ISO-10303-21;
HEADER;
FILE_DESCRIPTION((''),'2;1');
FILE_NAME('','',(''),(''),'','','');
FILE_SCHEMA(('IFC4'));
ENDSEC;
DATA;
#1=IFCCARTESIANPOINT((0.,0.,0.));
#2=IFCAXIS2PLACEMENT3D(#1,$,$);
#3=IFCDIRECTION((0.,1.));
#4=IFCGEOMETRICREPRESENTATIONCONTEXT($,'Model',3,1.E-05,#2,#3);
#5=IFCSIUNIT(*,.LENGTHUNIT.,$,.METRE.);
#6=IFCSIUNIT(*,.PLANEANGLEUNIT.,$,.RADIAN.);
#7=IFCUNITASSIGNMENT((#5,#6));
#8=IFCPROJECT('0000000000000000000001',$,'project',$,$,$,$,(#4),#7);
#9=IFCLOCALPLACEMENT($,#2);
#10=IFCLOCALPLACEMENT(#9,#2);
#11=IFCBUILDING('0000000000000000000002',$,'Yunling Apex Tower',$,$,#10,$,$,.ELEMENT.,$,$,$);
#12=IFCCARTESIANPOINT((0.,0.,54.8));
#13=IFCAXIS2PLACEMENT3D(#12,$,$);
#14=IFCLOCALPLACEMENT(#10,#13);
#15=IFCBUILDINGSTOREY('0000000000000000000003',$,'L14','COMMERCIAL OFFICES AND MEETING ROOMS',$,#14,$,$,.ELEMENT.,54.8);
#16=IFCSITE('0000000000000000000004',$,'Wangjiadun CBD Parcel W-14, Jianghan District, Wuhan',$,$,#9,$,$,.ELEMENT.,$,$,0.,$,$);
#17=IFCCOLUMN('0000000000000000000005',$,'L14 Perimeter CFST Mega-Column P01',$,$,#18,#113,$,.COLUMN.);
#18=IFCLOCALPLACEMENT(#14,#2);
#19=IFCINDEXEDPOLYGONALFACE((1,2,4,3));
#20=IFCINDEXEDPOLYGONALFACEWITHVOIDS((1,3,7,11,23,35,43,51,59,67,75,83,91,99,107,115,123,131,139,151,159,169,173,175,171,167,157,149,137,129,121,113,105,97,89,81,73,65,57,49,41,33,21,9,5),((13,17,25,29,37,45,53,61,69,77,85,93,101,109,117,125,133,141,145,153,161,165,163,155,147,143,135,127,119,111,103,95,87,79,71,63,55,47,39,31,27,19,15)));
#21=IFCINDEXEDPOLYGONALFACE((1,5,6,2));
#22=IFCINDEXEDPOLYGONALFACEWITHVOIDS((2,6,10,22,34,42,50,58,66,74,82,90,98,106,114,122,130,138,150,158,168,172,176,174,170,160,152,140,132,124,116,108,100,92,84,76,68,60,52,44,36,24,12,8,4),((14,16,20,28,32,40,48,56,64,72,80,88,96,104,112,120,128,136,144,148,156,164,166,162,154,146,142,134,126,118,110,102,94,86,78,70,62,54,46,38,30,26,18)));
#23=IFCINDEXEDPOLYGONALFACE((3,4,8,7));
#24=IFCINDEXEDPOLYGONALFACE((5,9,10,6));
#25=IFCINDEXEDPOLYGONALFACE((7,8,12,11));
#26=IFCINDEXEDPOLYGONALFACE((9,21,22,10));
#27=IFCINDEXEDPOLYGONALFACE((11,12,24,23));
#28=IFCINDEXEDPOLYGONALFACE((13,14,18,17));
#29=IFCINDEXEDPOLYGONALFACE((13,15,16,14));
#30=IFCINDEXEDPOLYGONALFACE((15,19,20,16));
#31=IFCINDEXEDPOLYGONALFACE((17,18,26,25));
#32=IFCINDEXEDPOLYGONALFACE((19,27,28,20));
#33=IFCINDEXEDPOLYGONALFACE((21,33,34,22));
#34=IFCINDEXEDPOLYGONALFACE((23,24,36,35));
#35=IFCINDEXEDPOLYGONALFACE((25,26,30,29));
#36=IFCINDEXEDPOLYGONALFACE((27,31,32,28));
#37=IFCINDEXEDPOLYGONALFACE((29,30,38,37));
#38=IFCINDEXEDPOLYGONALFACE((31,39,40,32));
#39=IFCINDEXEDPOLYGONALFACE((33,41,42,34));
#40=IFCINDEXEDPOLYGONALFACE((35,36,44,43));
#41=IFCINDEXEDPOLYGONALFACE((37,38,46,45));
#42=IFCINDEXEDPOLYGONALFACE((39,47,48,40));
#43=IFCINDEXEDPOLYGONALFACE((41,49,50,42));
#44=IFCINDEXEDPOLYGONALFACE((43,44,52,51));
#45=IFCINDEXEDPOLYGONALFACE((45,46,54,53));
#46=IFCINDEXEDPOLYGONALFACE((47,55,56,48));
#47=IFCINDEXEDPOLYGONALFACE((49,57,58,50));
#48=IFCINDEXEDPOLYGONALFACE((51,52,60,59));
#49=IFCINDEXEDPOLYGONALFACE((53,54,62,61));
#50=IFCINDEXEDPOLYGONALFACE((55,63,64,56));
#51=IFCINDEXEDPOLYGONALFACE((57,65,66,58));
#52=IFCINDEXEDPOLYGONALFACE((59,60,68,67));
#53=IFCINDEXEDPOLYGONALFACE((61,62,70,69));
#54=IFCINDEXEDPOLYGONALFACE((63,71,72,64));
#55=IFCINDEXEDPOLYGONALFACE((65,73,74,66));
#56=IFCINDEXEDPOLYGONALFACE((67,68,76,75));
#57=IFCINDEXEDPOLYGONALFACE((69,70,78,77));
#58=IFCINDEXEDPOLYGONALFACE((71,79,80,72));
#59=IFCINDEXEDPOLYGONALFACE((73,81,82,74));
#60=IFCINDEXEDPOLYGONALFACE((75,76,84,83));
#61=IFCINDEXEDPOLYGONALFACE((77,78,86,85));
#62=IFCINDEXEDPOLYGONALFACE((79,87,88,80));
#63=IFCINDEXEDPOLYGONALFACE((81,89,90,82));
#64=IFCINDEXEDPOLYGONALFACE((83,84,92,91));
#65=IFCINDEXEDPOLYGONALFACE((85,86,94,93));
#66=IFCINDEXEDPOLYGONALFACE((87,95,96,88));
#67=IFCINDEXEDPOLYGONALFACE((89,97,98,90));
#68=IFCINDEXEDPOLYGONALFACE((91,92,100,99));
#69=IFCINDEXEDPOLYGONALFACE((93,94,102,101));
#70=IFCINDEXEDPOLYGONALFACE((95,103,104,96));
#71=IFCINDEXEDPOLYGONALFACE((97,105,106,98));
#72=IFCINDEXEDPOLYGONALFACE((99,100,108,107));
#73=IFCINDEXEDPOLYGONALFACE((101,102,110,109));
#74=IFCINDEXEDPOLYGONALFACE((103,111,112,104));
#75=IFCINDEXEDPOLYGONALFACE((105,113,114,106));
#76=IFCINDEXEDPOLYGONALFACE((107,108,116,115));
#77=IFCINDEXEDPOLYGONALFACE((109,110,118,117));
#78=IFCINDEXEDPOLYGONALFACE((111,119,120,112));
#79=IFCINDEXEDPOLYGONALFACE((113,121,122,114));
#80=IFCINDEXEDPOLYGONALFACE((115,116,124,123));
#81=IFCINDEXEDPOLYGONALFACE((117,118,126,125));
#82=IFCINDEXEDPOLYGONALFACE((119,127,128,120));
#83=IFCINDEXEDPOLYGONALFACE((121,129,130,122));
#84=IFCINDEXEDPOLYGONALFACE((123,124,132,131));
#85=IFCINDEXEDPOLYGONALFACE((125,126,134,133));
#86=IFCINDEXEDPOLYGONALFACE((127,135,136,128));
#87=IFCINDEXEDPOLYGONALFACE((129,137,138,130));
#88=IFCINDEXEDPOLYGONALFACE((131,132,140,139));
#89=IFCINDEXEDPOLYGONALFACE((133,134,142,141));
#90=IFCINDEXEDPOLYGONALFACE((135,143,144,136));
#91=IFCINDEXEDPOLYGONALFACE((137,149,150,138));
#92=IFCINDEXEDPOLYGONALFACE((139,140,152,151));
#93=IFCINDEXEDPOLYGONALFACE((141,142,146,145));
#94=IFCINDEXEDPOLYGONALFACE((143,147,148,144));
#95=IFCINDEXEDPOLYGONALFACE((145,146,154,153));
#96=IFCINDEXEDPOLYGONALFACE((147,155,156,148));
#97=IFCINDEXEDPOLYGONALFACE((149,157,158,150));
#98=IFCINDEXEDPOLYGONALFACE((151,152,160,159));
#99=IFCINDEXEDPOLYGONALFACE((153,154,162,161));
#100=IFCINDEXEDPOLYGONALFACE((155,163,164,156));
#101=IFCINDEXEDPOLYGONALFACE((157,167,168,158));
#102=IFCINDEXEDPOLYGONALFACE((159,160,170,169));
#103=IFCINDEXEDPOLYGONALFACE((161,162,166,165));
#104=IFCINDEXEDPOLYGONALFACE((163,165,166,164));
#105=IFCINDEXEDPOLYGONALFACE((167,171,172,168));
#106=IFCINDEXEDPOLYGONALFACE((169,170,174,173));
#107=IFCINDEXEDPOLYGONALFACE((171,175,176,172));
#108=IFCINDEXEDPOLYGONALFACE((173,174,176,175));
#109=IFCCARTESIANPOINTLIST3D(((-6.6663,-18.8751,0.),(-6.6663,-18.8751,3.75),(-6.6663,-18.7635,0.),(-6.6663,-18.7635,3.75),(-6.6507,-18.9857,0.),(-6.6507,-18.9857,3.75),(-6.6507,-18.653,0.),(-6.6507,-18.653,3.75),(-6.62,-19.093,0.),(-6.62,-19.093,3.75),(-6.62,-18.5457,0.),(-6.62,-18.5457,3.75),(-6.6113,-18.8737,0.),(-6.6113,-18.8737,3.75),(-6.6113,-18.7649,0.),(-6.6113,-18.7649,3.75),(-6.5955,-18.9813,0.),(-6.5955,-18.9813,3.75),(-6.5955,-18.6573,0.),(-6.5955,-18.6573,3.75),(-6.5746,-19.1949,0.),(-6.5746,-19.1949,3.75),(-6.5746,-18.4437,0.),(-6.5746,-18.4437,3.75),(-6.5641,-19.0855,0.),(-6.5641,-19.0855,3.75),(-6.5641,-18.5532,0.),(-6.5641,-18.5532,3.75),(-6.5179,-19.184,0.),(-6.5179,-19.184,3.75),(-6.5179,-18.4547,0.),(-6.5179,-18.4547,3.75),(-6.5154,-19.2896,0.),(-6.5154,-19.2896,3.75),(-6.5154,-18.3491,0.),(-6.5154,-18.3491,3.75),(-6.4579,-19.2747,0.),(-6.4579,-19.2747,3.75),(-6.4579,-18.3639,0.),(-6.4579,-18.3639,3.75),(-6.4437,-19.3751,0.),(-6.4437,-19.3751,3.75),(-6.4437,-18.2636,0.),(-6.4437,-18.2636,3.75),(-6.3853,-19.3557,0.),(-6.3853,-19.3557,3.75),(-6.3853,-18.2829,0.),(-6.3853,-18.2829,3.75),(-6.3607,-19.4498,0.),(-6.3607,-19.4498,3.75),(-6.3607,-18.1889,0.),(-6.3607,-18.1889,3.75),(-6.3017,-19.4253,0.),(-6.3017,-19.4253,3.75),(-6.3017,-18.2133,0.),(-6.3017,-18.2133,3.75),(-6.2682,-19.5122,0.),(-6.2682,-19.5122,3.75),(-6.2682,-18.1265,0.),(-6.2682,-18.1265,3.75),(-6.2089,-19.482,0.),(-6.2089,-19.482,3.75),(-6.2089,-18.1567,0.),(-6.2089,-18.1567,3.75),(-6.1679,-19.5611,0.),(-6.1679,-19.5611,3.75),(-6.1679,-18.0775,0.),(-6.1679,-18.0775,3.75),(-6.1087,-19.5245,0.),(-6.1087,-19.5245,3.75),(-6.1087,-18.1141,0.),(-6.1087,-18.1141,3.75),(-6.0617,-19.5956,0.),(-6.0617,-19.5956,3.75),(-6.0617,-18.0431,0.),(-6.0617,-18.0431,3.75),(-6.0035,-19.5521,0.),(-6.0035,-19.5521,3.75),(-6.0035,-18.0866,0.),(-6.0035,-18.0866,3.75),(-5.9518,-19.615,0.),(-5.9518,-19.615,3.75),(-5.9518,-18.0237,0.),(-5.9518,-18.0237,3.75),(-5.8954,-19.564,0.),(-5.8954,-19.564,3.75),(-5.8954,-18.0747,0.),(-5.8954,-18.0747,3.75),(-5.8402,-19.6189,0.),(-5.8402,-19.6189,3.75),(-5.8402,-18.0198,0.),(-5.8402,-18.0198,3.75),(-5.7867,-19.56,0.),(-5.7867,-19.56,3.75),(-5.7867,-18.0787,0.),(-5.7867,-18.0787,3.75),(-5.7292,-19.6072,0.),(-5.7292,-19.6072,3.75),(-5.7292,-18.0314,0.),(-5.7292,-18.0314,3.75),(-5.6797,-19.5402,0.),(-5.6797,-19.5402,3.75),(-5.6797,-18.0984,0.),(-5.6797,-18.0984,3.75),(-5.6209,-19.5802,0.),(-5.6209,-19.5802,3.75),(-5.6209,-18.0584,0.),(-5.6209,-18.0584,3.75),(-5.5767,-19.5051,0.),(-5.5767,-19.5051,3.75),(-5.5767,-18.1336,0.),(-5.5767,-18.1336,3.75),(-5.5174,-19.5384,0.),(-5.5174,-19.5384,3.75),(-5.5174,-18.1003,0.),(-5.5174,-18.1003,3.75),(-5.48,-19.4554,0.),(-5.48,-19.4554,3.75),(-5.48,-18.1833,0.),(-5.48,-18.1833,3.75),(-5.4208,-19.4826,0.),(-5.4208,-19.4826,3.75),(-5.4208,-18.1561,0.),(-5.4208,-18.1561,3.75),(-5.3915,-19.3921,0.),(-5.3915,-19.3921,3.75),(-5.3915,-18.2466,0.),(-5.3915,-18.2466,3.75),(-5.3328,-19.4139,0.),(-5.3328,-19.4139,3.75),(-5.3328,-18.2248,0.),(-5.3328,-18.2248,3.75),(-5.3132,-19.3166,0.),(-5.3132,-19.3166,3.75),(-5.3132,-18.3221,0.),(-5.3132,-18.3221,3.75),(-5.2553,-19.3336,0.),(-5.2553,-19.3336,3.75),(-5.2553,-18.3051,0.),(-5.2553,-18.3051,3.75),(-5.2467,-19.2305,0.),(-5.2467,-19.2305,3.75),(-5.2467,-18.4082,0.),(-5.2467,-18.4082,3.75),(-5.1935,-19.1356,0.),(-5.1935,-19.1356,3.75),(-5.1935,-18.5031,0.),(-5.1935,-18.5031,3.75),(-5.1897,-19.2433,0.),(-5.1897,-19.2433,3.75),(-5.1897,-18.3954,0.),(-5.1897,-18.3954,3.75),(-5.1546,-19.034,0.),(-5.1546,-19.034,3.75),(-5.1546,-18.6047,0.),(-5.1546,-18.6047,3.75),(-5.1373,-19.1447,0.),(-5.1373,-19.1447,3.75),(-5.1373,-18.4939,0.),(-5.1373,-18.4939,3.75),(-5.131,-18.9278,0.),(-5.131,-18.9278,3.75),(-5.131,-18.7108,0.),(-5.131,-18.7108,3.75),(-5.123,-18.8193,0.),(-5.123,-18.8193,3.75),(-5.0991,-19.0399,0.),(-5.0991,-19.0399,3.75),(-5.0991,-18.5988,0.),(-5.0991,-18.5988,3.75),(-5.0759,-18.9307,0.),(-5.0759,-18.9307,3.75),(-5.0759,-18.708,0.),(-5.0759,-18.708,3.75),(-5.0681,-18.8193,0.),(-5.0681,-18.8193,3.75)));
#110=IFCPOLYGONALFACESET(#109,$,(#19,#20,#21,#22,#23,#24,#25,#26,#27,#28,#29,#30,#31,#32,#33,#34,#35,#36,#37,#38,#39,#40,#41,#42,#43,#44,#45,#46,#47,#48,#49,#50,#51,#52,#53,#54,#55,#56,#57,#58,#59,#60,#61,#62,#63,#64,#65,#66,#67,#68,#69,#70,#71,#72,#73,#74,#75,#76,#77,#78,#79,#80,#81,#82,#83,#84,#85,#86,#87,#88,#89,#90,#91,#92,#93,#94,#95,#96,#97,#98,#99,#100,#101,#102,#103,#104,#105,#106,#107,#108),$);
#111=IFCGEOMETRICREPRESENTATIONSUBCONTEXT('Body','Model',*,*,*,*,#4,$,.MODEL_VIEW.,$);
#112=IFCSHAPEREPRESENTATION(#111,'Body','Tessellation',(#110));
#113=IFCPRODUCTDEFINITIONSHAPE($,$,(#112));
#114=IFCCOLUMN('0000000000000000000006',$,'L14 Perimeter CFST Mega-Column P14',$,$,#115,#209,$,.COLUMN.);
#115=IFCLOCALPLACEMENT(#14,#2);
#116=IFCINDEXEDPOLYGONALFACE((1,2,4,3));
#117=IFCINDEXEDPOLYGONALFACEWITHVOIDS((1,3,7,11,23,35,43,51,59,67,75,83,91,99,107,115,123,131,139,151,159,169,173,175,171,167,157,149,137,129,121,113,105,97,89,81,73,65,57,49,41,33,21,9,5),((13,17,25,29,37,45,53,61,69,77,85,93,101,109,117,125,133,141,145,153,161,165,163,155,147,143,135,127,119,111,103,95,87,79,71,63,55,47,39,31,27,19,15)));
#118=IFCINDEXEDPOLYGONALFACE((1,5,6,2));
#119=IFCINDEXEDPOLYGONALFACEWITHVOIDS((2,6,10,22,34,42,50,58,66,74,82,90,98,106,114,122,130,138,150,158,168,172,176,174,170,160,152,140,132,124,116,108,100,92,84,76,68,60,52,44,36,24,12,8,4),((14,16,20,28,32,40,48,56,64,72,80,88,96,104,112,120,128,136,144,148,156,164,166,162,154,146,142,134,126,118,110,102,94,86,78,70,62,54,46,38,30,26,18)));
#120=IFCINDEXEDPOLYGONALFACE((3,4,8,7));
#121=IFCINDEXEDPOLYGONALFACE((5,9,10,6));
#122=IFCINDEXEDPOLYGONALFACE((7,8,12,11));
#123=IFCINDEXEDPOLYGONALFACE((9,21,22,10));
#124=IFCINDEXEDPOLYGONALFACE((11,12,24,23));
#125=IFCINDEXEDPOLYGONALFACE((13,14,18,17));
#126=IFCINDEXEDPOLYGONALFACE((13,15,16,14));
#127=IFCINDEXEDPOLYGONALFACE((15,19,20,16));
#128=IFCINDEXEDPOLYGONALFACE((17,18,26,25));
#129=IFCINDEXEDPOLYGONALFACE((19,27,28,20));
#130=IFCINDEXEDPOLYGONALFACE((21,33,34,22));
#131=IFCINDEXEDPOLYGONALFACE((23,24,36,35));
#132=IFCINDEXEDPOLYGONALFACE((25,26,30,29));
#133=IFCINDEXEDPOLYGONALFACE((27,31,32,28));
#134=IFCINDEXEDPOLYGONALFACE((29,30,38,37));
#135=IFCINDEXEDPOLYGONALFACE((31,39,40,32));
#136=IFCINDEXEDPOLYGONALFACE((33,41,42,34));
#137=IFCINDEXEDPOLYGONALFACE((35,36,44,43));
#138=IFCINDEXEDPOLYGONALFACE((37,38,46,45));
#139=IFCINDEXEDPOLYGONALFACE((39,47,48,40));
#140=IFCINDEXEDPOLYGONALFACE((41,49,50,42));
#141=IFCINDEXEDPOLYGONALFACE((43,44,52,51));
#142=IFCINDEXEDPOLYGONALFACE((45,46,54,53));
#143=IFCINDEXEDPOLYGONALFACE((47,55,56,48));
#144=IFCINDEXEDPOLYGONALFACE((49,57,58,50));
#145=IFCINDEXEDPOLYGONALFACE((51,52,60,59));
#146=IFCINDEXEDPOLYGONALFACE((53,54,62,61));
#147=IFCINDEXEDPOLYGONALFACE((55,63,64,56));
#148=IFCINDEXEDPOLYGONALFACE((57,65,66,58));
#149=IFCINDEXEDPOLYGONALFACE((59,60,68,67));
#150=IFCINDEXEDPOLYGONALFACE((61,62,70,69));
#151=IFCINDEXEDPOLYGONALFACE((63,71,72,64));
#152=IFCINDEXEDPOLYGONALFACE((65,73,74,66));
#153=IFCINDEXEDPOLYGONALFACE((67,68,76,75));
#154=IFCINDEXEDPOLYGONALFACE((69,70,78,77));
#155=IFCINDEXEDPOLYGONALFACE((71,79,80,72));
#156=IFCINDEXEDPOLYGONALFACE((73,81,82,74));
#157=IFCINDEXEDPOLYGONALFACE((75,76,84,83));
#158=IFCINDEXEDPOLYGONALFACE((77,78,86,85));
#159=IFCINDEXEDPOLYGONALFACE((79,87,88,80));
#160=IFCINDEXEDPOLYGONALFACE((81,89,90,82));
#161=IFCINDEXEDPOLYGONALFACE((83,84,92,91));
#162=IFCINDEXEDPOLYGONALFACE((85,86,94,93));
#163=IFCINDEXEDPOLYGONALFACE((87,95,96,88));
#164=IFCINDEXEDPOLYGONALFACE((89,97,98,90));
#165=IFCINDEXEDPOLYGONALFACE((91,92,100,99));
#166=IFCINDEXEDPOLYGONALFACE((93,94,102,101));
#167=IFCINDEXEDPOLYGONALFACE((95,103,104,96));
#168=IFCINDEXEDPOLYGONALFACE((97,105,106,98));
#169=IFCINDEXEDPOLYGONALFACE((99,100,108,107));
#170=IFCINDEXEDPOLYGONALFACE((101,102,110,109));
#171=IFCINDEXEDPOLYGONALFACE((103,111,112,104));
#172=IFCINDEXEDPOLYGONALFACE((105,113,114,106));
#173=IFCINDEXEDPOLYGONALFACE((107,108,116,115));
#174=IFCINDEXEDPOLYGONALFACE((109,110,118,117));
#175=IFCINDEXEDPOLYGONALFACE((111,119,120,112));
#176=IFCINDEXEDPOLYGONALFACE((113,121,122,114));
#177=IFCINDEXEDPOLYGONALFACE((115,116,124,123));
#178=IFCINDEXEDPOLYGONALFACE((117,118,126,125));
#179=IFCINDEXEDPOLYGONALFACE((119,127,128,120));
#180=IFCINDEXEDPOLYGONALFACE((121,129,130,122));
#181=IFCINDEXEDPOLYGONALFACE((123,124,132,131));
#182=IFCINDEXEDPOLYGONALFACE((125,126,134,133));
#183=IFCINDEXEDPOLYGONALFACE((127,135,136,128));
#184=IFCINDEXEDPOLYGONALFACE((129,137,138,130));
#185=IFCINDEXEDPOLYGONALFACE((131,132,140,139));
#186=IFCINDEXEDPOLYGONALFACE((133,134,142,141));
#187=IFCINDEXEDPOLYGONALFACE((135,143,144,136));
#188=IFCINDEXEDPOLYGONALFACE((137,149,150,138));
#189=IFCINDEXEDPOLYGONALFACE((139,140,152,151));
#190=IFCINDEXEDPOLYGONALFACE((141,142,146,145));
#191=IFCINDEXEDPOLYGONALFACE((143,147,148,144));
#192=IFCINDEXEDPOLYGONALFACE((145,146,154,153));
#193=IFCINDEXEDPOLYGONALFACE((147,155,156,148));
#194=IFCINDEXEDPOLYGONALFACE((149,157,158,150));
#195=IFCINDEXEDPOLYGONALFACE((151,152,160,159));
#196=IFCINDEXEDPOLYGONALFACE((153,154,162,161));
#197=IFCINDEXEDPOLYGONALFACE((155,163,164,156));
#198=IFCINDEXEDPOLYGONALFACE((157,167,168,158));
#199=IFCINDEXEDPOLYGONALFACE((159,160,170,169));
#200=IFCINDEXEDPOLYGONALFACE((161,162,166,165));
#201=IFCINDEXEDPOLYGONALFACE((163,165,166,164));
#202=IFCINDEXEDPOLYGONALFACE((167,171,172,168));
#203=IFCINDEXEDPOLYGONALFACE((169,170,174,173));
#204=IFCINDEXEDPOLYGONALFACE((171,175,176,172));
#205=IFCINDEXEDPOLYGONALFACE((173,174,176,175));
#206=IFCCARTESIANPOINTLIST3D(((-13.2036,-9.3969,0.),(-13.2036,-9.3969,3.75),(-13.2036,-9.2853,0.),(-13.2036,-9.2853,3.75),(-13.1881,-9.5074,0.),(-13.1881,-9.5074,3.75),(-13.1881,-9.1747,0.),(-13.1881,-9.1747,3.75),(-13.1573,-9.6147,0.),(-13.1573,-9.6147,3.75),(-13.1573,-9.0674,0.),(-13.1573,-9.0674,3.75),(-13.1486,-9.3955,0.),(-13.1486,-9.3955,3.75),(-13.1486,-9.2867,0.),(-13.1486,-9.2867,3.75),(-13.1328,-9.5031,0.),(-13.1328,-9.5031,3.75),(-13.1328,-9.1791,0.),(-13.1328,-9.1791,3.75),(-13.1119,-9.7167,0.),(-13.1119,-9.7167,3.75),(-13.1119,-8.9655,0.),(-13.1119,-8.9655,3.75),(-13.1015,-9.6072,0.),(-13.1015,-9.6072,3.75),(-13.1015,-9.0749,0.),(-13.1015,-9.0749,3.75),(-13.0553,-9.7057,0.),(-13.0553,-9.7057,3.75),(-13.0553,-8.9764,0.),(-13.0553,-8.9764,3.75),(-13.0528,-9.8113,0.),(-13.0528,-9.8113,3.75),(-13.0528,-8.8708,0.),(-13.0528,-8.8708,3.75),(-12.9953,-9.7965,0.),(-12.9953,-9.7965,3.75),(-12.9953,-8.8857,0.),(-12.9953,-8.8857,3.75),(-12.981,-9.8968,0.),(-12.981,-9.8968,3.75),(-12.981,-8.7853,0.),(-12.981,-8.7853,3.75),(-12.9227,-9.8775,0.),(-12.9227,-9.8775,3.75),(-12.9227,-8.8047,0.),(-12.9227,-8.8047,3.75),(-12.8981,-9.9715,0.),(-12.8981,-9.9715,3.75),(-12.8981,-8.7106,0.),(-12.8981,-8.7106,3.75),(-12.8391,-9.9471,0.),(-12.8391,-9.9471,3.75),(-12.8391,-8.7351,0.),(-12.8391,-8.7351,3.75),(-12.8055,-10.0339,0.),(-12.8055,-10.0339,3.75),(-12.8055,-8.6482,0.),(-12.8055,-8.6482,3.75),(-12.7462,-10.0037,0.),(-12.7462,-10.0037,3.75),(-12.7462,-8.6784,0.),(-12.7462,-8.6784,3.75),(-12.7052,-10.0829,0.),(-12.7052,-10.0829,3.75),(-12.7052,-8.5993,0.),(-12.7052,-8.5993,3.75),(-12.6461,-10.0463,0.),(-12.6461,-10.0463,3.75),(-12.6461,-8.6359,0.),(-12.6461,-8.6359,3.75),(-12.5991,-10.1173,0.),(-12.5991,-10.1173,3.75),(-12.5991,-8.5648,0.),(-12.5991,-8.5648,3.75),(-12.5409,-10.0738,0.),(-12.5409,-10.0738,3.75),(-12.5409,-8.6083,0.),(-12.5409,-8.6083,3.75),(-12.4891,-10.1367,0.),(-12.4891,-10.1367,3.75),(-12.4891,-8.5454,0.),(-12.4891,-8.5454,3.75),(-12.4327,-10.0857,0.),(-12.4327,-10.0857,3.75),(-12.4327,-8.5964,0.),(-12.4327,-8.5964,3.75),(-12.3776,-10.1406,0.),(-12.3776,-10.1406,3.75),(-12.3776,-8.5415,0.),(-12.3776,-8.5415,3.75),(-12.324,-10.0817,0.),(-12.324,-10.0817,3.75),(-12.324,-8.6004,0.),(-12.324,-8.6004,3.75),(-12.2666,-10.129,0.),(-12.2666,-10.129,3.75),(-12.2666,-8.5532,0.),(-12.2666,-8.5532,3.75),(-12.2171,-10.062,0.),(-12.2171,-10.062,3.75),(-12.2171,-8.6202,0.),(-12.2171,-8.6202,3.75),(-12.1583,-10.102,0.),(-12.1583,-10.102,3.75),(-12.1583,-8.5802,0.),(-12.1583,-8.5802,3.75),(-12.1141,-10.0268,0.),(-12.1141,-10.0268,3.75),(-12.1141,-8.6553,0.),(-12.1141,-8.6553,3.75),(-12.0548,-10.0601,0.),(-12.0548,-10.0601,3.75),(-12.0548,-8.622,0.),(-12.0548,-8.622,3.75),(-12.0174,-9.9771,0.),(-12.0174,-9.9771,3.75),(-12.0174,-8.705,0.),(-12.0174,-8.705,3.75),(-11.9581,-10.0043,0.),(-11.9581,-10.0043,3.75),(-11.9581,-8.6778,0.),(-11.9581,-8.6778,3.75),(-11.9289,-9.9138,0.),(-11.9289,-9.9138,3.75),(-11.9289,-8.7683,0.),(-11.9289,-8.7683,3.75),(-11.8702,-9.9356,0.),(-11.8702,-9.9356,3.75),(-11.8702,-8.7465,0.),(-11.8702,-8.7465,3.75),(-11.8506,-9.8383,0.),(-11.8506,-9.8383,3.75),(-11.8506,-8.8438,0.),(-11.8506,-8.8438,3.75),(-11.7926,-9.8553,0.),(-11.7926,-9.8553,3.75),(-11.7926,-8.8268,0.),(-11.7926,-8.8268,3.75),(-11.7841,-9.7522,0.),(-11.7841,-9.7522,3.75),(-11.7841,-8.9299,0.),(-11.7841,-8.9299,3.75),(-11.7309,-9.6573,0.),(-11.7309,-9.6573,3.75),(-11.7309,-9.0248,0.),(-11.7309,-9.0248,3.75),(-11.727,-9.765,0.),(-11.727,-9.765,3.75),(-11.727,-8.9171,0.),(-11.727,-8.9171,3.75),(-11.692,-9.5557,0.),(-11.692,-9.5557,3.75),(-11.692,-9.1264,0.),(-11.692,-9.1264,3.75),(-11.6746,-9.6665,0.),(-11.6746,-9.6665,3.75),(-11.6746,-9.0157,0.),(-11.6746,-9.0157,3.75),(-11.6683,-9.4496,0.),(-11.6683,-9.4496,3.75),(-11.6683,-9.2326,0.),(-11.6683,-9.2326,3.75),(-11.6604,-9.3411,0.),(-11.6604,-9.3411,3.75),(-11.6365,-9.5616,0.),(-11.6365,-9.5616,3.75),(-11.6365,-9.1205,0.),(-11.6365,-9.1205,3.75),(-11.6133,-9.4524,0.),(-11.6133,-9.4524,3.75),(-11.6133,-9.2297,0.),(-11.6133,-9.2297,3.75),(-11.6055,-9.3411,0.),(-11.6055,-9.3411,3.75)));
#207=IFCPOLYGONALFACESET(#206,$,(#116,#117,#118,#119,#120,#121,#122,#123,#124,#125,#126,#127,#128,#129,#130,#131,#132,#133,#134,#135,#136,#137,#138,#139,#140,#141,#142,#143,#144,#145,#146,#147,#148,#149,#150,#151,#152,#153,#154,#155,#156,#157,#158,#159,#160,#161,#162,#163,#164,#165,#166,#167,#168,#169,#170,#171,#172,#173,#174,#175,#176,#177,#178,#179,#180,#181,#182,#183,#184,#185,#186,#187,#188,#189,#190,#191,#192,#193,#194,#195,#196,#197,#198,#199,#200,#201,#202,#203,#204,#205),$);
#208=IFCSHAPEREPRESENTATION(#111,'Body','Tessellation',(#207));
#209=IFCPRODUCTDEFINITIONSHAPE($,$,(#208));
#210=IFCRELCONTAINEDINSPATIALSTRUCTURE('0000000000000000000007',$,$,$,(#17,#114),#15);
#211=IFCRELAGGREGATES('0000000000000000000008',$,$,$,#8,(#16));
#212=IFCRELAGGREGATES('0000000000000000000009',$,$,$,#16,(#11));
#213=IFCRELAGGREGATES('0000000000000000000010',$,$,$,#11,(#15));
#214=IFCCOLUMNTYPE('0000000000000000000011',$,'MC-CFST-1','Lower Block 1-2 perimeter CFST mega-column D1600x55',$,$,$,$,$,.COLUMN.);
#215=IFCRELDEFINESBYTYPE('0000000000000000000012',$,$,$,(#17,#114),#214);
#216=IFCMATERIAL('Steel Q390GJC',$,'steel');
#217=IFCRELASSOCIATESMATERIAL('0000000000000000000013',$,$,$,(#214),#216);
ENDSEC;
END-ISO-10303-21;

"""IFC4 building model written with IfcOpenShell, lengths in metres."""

from ifc_helpers import new_model, si_unit, direction, frame, origin, origin_2d, place, context, subcontext, project, spatial, hollow_circle, extrude, source, transform, mapped, material, material_profile, profile_set, type_object, element, save


model = new_model("IFC4")

# Units and contexts
model_context = context("Model", 3, precision=1e-05, world=origin(), true_north=direction((0.0, 1.0)))
body_context = subcontext(model_context, "Body", "Model", "MODEL_VIEW")
ifc_project = project(units=[si_unit("LENGTHUNIT", "METRE"), si_unit("PLANEANGLEUNIT", "RADIAN")], contexts=[model_context])

# Site, building, storey
site_placement = place(None, origin())
site = spatial("IfcSite", under=ifc_project, at=site_placement, Name="Wangjiadun CBD Parcel W-14, Jianghan District, Wuhan", CompositionType="ELEMENT", RefElevation=0.0)
building_placement = place(site_placement, origin())
building = spatial("IfcBuilding", under=site, at=building_placement, Name="Yunling Apex Tower", CompositionType="ELEMENT")
storey_placement = place(building_placement, frame((0.0, 0.0, 54.8)))
storey = spatial("IfcBuildingStorey", under=building, at=storey_placement, Name="L14", Description="COMMERCIAL OFFICES AND MEETING ROOMS", CompositionType="ELEMENT", Elevation=54.8)

# Columns
ifc_material_1 = material(Name="Steel Q390GJC", Category="steel")
ifc_material_profile_1 = material_profile(ifc_material_1, hollow_circle(Radius=0.8, WallThickness=0.0549, at=origin_2d()))
ifc_profile_set_1 = profile_set([ifc_material_profile_1], Name="Steel Q390GJC")
column_type = type_object("IfcColumnType", Name="MC-CFST-1", Description="Lower Block 1-2 perimeter CFST mega-column D1600x55", PredefinedType="COLUMN", material=ifc_profile_set_1)
shared_shape_1 = source(origin(), body_context, "Body", "SweptSolid", [
    extrude(hollow_circle(Radius=0.8, WallThickness=0.0549, at=origin_2d()), origin(), (0.0, 0.0, 1.0), 3.75),
])
for number, where, z_axis, x_axis, name in (
    (1, (-5.8682, -18.8193, 0.0), (0.0, 0.0, 1.0), (1.0, 0.0, 0.0), "L14 Perimeter CFST Mega-Column P01"),
    (2, (-12.4055, -9.3411, 0.0), (0.0, 0.0, 1.0), (1.0, 0.0, 0.0), "L14 Perimeter CFST Mega-Column P14"),
):
    element("IfcColumn", number, at=place(storey_placement, frame(where, z_axis=z_axis, x_axis=x_axis)), inside=storey, type_object=column_type, Name=name, PredefinedType="COLUMN", context=body_context, shape_type="MappedRepresentation", body=[
        mapped(shared_shape_1, transform((0.0, 0.0, 0.0), scale=1.0)),
    ])

save(model, "model.ifc")
